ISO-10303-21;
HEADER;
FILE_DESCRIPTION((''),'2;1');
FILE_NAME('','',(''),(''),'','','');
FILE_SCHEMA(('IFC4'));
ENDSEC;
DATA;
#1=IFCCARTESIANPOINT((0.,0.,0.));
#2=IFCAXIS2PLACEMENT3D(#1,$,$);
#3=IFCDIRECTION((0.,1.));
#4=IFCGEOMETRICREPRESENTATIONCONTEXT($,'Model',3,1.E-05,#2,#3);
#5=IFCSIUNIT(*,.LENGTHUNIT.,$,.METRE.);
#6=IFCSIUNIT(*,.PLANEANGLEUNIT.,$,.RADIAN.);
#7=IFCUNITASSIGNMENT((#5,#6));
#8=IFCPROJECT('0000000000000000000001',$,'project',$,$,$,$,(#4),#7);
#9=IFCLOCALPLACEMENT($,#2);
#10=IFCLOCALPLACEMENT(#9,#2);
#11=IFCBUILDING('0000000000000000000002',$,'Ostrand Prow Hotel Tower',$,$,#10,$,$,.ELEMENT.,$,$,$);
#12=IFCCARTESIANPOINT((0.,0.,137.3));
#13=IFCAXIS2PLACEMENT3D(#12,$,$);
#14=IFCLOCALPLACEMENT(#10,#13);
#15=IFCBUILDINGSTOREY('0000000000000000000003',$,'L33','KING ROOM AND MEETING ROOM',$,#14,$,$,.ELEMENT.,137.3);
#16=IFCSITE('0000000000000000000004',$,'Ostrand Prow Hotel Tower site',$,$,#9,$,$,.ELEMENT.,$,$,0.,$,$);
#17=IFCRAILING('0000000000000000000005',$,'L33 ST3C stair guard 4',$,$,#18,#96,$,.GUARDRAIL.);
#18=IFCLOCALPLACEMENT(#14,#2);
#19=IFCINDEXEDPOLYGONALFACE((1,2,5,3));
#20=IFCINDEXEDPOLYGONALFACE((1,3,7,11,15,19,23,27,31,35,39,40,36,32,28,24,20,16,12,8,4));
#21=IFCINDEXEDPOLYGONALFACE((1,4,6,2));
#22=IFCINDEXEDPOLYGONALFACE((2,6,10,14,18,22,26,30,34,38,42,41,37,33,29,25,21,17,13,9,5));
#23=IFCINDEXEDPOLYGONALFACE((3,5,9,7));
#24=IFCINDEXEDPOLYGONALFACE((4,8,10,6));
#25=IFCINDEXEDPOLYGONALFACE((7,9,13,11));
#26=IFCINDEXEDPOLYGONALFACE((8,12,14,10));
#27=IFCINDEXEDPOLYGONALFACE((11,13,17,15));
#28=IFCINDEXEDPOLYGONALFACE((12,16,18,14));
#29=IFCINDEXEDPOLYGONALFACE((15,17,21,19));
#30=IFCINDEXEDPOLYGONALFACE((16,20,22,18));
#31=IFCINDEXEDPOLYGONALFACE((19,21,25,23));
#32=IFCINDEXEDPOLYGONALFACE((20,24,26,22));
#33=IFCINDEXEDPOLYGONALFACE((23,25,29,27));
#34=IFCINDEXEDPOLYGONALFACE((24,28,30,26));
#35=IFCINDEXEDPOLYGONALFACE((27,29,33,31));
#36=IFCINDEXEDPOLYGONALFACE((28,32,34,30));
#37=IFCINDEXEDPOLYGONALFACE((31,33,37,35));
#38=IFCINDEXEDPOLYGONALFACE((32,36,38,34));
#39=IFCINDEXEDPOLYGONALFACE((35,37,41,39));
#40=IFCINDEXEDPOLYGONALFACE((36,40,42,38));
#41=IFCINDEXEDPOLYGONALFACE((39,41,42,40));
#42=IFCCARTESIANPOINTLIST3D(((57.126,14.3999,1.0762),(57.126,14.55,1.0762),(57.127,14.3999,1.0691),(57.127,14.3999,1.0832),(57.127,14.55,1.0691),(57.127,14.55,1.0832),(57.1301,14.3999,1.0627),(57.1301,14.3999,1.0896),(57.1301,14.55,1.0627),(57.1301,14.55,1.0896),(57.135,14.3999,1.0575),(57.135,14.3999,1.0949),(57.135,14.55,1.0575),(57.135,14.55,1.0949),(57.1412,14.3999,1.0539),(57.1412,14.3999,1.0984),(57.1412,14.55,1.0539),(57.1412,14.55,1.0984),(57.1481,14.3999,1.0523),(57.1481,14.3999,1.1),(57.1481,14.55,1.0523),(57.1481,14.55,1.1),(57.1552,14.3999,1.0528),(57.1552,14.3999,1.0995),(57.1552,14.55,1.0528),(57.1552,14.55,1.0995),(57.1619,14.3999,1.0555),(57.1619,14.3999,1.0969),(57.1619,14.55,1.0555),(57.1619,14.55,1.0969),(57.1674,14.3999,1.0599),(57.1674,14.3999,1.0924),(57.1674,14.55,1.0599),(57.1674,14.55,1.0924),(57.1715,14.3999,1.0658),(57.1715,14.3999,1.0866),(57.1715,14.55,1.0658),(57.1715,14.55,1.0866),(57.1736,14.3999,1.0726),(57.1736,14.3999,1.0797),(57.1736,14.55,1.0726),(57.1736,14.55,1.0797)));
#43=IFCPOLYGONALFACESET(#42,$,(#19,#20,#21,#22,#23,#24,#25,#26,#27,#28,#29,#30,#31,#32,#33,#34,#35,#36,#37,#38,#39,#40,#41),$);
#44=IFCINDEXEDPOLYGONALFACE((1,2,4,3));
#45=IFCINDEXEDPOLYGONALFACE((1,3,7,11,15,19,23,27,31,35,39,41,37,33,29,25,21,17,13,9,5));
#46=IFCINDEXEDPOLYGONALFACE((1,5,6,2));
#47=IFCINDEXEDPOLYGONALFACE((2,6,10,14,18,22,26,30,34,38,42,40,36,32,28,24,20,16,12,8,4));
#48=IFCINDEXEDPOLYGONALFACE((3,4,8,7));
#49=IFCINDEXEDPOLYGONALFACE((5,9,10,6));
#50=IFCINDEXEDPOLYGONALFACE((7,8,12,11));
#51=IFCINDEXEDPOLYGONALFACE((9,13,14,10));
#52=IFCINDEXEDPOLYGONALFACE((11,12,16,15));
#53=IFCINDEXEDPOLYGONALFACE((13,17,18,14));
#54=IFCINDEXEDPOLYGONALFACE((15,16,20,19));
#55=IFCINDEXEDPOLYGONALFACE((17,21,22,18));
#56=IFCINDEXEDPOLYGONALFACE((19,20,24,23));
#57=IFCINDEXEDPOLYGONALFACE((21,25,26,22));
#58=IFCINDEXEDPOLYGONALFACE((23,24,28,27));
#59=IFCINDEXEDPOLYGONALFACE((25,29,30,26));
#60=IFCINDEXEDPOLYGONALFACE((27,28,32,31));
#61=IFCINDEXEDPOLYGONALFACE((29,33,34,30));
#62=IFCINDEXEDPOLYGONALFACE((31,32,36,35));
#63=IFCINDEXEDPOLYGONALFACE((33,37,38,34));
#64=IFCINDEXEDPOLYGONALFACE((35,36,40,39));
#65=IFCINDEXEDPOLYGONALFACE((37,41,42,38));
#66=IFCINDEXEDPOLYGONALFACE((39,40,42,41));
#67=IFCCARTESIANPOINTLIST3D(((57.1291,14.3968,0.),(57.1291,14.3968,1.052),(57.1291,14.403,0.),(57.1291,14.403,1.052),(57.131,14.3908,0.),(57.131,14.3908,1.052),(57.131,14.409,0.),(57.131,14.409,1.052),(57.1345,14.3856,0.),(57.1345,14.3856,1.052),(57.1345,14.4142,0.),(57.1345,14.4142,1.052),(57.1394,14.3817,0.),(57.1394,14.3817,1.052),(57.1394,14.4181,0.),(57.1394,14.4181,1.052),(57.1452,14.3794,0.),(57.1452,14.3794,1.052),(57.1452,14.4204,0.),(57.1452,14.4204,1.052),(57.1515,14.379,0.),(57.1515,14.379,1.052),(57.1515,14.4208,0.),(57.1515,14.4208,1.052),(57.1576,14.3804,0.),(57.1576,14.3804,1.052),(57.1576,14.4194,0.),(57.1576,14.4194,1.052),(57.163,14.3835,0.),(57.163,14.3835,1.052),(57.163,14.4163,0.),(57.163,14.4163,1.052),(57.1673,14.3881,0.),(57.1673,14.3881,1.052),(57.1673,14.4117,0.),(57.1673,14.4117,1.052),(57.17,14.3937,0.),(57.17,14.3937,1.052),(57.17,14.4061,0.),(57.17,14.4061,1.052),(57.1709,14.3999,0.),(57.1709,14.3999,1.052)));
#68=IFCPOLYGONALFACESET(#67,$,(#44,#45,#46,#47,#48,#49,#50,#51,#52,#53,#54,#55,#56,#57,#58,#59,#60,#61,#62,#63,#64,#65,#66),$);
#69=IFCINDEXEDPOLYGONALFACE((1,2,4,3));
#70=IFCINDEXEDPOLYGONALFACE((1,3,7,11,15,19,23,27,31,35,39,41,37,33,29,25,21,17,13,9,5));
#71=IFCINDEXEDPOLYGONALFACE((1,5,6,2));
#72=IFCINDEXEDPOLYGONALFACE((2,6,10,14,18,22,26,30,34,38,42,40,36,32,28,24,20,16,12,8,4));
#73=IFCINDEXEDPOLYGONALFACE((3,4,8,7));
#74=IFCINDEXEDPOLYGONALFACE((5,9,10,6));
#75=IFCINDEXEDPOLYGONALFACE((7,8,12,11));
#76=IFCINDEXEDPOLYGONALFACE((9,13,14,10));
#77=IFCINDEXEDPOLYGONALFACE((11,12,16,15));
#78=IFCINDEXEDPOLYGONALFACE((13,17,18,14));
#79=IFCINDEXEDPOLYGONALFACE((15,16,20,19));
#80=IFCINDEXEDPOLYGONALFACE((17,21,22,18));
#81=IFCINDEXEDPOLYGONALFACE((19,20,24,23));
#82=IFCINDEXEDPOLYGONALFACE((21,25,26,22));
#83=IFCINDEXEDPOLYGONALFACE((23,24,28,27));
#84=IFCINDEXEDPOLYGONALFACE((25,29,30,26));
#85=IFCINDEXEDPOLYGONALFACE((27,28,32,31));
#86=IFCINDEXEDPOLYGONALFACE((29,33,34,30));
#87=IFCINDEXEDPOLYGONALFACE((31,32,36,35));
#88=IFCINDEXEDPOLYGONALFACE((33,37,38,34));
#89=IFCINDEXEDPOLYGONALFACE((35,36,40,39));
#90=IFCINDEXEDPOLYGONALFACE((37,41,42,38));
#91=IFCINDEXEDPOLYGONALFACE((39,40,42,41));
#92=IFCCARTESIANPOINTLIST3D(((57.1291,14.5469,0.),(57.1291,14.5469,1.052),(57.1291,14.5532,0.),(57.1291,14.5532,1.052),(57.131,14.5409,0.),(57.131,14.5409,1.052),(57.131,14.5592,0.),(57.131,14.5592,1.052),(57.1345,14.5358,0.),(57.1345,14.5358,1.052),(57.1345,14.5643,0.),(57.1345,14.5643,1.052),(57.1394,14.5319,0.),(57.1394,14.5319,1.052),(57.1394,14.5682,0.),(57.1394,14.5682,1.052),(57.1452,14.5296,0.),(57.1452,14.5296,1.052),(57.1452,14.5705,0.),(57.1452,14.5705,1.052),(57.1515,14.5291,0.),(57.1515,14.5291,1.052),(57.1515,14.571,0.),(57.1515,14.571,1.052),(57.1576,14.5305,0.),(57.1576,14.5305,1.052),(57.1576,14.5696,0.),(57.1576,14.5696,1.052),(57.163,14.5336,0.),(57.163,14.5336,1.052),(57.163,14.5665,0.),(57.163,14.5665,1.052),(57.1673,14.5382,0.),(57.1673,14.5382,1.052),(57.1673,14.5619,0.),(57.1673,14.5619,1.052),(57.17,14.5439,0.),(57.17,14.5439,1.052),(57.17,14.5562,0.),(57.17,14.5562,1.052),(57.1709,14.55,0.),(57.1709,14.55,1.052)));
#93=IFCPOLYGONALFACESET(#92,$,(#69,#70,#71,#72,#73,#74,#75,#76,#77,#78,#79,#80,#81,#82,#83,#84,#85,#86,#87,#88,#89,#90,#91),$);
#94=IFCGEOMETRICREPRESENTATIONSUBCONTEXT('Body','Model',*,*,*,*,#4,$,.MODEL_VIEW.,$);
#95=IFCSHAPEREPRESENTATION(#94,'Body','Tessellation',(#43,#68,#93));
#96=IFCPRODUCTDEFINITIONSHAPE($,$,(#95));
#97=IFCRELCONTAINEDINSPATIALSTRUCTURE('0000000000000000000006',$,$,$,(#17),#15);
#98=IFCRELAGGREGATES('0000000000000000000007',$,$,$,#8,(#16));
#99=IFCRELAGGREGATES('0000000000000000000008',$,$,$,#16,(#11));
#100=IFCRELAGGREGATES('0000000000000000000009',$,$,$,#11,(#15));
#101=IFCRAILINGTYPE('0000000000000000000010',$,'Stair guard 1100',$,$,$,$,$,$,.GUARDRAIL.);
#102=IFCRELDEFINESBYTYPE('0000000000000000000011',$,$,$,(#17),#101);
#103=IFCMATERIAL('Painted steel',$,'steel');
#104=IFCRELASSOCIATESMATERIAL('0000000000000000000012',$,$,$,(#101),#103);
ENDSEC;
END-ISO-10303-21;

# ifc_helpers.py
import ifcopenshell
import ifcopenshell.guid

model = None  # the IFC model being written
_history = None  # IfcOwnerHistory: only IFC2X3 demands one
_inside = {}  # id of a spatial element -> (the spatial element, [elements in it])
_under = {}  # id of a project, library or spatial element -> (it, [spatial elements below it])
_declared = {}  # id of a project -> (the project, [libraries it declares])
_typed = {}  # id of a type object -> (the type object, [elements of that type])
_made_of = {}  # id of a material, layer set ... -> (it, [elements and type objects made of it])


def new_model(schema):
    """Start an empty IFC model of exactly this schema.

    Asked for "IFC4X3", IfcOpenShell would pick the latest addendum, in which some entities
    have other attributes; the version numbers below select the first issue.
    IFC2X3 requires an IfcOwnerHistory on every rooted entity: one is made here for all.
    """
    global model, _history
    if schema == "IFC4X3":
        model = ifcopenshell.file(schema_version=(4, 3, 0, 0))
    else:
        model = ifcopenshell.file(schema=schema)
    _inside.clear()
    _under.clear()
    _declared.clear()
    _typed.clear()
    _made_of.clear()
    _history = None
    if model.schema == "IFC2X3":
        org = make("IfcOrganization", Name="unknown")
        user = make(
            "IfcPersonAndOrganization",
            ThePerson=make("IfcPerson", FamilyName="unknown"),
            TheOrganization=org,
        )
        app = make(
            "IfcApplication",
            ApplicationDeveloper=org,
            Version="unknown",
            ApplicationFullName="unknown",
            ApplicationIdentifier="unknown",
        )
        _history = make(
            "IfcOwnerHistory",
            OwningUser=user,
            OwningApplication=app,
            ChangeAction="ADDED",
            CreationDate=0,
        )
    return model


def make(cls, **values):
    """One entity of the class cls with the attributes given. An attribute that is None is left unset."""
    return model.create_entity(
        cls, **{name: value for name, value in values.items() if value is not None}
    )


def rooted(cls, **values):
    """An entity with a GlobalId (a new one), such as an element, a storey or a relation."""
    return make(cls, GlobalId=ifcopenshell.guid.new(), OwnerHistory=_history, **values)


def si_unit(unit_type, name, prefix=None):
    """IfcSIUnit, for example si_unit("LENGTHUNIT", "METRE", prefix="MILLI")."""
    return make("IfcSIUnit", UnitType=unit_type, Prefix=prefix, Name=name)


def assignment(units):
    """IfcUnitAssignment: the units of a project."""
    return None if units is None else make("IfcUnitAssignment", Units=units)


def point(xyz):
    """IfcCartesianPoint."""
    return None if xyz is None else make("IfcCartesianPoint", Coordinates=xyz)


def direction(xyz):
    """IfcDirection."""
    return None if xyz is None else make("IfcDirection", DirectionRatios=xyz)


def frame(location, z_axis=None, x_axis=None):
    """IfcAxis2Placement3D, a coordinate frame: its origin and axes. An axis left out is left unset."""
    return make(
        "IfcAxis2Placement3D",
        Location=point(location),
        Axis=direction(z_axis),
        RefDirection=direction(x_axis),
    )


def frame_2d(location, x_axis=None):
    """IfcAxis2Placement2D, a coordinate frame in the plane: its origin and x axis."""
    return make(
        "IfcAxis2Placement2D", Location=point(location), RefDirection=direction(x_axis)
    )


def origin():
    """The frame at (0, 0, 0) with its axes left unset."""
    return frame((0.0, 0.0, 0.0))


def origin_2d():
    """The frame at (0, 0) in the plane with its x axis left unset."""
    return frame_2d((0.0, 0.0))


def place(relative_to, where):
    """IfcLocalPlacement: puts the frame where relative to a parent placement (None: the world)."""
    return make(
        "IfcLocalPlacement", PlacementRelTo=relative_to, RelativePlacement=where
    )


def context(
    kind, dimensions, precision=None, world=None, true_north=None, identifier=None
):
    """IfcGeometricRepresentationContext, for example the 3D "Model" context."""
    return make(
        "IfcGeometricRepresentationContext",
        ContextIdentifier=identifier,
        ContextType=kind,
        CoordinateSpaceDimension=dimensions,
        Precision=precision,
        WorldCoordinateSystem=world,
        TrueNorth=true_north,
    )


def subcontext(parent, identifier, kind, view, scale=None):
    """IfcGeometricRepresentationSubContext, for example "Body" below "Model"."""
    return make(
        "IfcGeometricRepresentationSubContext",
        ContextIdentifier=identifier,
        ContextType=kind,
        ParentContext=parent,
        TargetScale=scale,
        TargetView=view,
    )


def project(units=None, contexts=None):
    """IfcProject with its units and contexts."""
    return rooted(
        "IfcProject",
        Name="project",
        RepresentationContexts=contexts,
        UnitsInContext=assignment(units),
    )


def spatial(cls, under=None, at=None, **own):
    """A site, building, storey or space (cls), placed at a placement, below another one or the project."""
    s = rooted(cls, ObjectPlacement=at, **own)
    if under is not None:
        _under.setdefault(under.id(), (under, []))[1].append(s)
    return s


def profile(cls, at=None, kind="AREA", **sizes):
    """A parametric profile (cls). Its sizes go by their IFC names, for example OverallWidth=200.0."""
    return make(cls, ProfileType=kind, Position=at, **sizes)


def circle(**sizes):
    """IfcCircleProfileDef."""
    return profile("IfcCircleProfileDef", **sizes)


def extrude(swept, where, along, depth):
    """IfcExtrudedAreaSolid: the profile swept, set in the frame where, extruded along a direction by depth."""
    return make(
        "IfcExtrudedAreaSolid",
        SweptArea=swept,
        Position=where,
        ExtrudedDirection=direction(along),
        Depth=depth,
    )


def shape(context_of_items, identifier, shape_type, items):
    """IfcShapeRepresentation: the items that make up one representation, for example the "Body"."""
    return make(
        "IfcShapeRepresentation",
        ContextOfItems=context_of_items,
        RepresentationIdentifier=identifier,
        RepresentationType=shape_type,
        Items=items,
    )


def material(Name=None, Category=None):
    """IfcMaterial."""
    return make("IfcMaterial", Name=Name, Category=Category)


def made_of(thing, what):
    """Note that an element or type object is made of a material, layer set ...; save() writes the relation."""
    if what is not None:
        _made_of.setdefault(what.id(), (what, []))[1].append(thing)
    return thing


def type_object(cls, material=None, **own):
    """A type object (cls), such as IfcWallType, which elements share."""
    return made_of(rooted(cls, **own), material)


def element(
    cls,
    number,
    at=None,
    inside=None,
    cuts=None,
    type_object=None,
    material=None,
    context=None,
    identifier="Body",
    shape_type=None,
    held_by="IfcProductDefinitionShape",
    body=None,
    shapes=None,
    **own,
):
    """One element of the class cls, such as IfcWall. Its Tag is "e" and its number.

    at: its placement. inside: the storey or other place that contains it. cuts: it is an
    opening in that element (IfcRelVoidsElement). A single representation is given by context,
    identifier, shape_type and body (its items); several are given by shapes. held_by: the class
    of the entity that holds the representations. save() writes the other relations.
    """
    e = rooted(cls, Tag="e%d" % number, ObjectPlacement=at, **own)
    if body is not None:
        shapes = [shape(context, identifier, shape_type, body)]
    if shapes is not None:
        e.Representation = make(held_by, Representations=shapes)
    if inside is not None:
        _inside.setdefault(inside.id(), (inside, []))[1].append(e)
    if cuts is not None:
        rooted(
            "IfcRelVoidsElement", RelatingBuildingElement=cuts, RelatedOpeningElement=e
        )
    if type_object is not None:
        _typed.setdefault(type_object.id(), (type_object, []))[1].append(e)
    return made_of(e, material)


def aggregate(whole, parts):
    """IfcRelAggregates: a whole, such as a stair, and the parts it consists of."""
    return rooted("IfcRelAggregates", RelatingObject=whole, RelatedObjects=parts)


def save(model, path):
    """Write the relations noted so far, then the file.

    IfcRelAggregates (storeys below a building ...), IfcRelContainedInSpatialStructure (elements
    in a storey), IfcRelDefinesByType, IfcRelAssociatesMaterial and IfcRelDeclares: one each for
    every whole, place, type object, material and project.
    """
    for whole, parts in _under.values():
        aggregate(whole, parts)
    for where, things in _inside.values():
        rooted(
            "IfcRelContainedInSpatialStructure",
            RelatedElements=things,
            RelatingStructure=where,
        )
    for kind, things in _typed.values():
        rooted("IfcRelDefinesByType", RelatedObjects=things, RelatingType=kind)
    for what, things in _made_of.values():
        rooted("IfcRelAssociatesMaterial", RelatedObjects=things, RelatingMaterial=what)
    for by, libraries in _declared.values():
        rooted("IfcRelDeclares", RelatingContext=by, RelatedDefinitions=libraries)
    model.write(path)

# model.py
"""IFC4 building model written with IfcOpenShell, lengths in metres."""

from ifc_helpers import new_model, si_unit, direction, frame, origin, origin_2d, place, context, subcontext, project, spatial, circle, extrude, material, type_object, element, save


model = new_model("IFC4")

# Units and contexts
model_context = context("Model", 3, precision=1e-05, world=origin(), true_north=direction((0.0, 1.0)))
body_context = subcontext(model_context, "Body", "Model", "MODEL_VIEW")
ifc_project = project(units=[si_unit("LENGTHUNIT", "METRE"), si_unit("PLANEANGLEUNIT", "RADIAN")], contexts=[model_context])

# Site, building, storey
site_placement = place(None, origin())
site = spatial("IfcSite", under=ifc_project, at=site_placement, Name="Ostrand Prow Hotel Tower site", CompositionType="ELEMENT", RefElevation=0.0)
building_placement = place(site_placement, origin())
building = spatial("IfcBuilding", under=site, at=building_placement, Name="Ostrand Prow Hotel Tower", CompositionType="ELEMENT")
storey_placement = place(building_placement, frame((0.0, 0.0, 137.3)))
storey = spatial("IfcBuildingStorey", under=building, at=storey_placement, Name="L33", Description="KING ROOM AND MEETING ROOM", CompositionType="ELEMENT", Elevation=137.3)

# Railing
ifc_material_1 = material(Name="Painted steel", Category="steel")
railing_type_1 = type_object("IfcRailingType", Name="Stair guard 1100", PredefinedType="GUARDRAIL", material=ifc_material_1)
railing_1_placement = place(storey_placement, frame((57.1499, 14.3999, 0.0)))
element("IfcRailing", 1, at=railing_1_placement, inside=storey, type_object=railing_type_1, Name="L33 ST3C stair guard 4", PredefinedType="GUARDRAIL", context=body_context, shape_type="SweptSolid", body=[
    extrude(circle(Radius=0.0239, at=origin_2d()), frame((0.0, 0.0, 1.0762), z_axis=(0.0, 1.0, 0.0), x_axis=(-1.0, 0.0, 0.0)), (0.0, 0.0, 1.0), 0.1501),
    extrude(circle(Radius=0.021, at=origin_2d()), origin(), (0.0, 0.0, 1.0), 1.052),
    extrude(circle(Radius=0.021, at=origin_2d()), frame((0.0, 0.1501, 0.0)), (0.0, 0.0, 1.0), 1.052),
])

save(model, "model.ifc")
